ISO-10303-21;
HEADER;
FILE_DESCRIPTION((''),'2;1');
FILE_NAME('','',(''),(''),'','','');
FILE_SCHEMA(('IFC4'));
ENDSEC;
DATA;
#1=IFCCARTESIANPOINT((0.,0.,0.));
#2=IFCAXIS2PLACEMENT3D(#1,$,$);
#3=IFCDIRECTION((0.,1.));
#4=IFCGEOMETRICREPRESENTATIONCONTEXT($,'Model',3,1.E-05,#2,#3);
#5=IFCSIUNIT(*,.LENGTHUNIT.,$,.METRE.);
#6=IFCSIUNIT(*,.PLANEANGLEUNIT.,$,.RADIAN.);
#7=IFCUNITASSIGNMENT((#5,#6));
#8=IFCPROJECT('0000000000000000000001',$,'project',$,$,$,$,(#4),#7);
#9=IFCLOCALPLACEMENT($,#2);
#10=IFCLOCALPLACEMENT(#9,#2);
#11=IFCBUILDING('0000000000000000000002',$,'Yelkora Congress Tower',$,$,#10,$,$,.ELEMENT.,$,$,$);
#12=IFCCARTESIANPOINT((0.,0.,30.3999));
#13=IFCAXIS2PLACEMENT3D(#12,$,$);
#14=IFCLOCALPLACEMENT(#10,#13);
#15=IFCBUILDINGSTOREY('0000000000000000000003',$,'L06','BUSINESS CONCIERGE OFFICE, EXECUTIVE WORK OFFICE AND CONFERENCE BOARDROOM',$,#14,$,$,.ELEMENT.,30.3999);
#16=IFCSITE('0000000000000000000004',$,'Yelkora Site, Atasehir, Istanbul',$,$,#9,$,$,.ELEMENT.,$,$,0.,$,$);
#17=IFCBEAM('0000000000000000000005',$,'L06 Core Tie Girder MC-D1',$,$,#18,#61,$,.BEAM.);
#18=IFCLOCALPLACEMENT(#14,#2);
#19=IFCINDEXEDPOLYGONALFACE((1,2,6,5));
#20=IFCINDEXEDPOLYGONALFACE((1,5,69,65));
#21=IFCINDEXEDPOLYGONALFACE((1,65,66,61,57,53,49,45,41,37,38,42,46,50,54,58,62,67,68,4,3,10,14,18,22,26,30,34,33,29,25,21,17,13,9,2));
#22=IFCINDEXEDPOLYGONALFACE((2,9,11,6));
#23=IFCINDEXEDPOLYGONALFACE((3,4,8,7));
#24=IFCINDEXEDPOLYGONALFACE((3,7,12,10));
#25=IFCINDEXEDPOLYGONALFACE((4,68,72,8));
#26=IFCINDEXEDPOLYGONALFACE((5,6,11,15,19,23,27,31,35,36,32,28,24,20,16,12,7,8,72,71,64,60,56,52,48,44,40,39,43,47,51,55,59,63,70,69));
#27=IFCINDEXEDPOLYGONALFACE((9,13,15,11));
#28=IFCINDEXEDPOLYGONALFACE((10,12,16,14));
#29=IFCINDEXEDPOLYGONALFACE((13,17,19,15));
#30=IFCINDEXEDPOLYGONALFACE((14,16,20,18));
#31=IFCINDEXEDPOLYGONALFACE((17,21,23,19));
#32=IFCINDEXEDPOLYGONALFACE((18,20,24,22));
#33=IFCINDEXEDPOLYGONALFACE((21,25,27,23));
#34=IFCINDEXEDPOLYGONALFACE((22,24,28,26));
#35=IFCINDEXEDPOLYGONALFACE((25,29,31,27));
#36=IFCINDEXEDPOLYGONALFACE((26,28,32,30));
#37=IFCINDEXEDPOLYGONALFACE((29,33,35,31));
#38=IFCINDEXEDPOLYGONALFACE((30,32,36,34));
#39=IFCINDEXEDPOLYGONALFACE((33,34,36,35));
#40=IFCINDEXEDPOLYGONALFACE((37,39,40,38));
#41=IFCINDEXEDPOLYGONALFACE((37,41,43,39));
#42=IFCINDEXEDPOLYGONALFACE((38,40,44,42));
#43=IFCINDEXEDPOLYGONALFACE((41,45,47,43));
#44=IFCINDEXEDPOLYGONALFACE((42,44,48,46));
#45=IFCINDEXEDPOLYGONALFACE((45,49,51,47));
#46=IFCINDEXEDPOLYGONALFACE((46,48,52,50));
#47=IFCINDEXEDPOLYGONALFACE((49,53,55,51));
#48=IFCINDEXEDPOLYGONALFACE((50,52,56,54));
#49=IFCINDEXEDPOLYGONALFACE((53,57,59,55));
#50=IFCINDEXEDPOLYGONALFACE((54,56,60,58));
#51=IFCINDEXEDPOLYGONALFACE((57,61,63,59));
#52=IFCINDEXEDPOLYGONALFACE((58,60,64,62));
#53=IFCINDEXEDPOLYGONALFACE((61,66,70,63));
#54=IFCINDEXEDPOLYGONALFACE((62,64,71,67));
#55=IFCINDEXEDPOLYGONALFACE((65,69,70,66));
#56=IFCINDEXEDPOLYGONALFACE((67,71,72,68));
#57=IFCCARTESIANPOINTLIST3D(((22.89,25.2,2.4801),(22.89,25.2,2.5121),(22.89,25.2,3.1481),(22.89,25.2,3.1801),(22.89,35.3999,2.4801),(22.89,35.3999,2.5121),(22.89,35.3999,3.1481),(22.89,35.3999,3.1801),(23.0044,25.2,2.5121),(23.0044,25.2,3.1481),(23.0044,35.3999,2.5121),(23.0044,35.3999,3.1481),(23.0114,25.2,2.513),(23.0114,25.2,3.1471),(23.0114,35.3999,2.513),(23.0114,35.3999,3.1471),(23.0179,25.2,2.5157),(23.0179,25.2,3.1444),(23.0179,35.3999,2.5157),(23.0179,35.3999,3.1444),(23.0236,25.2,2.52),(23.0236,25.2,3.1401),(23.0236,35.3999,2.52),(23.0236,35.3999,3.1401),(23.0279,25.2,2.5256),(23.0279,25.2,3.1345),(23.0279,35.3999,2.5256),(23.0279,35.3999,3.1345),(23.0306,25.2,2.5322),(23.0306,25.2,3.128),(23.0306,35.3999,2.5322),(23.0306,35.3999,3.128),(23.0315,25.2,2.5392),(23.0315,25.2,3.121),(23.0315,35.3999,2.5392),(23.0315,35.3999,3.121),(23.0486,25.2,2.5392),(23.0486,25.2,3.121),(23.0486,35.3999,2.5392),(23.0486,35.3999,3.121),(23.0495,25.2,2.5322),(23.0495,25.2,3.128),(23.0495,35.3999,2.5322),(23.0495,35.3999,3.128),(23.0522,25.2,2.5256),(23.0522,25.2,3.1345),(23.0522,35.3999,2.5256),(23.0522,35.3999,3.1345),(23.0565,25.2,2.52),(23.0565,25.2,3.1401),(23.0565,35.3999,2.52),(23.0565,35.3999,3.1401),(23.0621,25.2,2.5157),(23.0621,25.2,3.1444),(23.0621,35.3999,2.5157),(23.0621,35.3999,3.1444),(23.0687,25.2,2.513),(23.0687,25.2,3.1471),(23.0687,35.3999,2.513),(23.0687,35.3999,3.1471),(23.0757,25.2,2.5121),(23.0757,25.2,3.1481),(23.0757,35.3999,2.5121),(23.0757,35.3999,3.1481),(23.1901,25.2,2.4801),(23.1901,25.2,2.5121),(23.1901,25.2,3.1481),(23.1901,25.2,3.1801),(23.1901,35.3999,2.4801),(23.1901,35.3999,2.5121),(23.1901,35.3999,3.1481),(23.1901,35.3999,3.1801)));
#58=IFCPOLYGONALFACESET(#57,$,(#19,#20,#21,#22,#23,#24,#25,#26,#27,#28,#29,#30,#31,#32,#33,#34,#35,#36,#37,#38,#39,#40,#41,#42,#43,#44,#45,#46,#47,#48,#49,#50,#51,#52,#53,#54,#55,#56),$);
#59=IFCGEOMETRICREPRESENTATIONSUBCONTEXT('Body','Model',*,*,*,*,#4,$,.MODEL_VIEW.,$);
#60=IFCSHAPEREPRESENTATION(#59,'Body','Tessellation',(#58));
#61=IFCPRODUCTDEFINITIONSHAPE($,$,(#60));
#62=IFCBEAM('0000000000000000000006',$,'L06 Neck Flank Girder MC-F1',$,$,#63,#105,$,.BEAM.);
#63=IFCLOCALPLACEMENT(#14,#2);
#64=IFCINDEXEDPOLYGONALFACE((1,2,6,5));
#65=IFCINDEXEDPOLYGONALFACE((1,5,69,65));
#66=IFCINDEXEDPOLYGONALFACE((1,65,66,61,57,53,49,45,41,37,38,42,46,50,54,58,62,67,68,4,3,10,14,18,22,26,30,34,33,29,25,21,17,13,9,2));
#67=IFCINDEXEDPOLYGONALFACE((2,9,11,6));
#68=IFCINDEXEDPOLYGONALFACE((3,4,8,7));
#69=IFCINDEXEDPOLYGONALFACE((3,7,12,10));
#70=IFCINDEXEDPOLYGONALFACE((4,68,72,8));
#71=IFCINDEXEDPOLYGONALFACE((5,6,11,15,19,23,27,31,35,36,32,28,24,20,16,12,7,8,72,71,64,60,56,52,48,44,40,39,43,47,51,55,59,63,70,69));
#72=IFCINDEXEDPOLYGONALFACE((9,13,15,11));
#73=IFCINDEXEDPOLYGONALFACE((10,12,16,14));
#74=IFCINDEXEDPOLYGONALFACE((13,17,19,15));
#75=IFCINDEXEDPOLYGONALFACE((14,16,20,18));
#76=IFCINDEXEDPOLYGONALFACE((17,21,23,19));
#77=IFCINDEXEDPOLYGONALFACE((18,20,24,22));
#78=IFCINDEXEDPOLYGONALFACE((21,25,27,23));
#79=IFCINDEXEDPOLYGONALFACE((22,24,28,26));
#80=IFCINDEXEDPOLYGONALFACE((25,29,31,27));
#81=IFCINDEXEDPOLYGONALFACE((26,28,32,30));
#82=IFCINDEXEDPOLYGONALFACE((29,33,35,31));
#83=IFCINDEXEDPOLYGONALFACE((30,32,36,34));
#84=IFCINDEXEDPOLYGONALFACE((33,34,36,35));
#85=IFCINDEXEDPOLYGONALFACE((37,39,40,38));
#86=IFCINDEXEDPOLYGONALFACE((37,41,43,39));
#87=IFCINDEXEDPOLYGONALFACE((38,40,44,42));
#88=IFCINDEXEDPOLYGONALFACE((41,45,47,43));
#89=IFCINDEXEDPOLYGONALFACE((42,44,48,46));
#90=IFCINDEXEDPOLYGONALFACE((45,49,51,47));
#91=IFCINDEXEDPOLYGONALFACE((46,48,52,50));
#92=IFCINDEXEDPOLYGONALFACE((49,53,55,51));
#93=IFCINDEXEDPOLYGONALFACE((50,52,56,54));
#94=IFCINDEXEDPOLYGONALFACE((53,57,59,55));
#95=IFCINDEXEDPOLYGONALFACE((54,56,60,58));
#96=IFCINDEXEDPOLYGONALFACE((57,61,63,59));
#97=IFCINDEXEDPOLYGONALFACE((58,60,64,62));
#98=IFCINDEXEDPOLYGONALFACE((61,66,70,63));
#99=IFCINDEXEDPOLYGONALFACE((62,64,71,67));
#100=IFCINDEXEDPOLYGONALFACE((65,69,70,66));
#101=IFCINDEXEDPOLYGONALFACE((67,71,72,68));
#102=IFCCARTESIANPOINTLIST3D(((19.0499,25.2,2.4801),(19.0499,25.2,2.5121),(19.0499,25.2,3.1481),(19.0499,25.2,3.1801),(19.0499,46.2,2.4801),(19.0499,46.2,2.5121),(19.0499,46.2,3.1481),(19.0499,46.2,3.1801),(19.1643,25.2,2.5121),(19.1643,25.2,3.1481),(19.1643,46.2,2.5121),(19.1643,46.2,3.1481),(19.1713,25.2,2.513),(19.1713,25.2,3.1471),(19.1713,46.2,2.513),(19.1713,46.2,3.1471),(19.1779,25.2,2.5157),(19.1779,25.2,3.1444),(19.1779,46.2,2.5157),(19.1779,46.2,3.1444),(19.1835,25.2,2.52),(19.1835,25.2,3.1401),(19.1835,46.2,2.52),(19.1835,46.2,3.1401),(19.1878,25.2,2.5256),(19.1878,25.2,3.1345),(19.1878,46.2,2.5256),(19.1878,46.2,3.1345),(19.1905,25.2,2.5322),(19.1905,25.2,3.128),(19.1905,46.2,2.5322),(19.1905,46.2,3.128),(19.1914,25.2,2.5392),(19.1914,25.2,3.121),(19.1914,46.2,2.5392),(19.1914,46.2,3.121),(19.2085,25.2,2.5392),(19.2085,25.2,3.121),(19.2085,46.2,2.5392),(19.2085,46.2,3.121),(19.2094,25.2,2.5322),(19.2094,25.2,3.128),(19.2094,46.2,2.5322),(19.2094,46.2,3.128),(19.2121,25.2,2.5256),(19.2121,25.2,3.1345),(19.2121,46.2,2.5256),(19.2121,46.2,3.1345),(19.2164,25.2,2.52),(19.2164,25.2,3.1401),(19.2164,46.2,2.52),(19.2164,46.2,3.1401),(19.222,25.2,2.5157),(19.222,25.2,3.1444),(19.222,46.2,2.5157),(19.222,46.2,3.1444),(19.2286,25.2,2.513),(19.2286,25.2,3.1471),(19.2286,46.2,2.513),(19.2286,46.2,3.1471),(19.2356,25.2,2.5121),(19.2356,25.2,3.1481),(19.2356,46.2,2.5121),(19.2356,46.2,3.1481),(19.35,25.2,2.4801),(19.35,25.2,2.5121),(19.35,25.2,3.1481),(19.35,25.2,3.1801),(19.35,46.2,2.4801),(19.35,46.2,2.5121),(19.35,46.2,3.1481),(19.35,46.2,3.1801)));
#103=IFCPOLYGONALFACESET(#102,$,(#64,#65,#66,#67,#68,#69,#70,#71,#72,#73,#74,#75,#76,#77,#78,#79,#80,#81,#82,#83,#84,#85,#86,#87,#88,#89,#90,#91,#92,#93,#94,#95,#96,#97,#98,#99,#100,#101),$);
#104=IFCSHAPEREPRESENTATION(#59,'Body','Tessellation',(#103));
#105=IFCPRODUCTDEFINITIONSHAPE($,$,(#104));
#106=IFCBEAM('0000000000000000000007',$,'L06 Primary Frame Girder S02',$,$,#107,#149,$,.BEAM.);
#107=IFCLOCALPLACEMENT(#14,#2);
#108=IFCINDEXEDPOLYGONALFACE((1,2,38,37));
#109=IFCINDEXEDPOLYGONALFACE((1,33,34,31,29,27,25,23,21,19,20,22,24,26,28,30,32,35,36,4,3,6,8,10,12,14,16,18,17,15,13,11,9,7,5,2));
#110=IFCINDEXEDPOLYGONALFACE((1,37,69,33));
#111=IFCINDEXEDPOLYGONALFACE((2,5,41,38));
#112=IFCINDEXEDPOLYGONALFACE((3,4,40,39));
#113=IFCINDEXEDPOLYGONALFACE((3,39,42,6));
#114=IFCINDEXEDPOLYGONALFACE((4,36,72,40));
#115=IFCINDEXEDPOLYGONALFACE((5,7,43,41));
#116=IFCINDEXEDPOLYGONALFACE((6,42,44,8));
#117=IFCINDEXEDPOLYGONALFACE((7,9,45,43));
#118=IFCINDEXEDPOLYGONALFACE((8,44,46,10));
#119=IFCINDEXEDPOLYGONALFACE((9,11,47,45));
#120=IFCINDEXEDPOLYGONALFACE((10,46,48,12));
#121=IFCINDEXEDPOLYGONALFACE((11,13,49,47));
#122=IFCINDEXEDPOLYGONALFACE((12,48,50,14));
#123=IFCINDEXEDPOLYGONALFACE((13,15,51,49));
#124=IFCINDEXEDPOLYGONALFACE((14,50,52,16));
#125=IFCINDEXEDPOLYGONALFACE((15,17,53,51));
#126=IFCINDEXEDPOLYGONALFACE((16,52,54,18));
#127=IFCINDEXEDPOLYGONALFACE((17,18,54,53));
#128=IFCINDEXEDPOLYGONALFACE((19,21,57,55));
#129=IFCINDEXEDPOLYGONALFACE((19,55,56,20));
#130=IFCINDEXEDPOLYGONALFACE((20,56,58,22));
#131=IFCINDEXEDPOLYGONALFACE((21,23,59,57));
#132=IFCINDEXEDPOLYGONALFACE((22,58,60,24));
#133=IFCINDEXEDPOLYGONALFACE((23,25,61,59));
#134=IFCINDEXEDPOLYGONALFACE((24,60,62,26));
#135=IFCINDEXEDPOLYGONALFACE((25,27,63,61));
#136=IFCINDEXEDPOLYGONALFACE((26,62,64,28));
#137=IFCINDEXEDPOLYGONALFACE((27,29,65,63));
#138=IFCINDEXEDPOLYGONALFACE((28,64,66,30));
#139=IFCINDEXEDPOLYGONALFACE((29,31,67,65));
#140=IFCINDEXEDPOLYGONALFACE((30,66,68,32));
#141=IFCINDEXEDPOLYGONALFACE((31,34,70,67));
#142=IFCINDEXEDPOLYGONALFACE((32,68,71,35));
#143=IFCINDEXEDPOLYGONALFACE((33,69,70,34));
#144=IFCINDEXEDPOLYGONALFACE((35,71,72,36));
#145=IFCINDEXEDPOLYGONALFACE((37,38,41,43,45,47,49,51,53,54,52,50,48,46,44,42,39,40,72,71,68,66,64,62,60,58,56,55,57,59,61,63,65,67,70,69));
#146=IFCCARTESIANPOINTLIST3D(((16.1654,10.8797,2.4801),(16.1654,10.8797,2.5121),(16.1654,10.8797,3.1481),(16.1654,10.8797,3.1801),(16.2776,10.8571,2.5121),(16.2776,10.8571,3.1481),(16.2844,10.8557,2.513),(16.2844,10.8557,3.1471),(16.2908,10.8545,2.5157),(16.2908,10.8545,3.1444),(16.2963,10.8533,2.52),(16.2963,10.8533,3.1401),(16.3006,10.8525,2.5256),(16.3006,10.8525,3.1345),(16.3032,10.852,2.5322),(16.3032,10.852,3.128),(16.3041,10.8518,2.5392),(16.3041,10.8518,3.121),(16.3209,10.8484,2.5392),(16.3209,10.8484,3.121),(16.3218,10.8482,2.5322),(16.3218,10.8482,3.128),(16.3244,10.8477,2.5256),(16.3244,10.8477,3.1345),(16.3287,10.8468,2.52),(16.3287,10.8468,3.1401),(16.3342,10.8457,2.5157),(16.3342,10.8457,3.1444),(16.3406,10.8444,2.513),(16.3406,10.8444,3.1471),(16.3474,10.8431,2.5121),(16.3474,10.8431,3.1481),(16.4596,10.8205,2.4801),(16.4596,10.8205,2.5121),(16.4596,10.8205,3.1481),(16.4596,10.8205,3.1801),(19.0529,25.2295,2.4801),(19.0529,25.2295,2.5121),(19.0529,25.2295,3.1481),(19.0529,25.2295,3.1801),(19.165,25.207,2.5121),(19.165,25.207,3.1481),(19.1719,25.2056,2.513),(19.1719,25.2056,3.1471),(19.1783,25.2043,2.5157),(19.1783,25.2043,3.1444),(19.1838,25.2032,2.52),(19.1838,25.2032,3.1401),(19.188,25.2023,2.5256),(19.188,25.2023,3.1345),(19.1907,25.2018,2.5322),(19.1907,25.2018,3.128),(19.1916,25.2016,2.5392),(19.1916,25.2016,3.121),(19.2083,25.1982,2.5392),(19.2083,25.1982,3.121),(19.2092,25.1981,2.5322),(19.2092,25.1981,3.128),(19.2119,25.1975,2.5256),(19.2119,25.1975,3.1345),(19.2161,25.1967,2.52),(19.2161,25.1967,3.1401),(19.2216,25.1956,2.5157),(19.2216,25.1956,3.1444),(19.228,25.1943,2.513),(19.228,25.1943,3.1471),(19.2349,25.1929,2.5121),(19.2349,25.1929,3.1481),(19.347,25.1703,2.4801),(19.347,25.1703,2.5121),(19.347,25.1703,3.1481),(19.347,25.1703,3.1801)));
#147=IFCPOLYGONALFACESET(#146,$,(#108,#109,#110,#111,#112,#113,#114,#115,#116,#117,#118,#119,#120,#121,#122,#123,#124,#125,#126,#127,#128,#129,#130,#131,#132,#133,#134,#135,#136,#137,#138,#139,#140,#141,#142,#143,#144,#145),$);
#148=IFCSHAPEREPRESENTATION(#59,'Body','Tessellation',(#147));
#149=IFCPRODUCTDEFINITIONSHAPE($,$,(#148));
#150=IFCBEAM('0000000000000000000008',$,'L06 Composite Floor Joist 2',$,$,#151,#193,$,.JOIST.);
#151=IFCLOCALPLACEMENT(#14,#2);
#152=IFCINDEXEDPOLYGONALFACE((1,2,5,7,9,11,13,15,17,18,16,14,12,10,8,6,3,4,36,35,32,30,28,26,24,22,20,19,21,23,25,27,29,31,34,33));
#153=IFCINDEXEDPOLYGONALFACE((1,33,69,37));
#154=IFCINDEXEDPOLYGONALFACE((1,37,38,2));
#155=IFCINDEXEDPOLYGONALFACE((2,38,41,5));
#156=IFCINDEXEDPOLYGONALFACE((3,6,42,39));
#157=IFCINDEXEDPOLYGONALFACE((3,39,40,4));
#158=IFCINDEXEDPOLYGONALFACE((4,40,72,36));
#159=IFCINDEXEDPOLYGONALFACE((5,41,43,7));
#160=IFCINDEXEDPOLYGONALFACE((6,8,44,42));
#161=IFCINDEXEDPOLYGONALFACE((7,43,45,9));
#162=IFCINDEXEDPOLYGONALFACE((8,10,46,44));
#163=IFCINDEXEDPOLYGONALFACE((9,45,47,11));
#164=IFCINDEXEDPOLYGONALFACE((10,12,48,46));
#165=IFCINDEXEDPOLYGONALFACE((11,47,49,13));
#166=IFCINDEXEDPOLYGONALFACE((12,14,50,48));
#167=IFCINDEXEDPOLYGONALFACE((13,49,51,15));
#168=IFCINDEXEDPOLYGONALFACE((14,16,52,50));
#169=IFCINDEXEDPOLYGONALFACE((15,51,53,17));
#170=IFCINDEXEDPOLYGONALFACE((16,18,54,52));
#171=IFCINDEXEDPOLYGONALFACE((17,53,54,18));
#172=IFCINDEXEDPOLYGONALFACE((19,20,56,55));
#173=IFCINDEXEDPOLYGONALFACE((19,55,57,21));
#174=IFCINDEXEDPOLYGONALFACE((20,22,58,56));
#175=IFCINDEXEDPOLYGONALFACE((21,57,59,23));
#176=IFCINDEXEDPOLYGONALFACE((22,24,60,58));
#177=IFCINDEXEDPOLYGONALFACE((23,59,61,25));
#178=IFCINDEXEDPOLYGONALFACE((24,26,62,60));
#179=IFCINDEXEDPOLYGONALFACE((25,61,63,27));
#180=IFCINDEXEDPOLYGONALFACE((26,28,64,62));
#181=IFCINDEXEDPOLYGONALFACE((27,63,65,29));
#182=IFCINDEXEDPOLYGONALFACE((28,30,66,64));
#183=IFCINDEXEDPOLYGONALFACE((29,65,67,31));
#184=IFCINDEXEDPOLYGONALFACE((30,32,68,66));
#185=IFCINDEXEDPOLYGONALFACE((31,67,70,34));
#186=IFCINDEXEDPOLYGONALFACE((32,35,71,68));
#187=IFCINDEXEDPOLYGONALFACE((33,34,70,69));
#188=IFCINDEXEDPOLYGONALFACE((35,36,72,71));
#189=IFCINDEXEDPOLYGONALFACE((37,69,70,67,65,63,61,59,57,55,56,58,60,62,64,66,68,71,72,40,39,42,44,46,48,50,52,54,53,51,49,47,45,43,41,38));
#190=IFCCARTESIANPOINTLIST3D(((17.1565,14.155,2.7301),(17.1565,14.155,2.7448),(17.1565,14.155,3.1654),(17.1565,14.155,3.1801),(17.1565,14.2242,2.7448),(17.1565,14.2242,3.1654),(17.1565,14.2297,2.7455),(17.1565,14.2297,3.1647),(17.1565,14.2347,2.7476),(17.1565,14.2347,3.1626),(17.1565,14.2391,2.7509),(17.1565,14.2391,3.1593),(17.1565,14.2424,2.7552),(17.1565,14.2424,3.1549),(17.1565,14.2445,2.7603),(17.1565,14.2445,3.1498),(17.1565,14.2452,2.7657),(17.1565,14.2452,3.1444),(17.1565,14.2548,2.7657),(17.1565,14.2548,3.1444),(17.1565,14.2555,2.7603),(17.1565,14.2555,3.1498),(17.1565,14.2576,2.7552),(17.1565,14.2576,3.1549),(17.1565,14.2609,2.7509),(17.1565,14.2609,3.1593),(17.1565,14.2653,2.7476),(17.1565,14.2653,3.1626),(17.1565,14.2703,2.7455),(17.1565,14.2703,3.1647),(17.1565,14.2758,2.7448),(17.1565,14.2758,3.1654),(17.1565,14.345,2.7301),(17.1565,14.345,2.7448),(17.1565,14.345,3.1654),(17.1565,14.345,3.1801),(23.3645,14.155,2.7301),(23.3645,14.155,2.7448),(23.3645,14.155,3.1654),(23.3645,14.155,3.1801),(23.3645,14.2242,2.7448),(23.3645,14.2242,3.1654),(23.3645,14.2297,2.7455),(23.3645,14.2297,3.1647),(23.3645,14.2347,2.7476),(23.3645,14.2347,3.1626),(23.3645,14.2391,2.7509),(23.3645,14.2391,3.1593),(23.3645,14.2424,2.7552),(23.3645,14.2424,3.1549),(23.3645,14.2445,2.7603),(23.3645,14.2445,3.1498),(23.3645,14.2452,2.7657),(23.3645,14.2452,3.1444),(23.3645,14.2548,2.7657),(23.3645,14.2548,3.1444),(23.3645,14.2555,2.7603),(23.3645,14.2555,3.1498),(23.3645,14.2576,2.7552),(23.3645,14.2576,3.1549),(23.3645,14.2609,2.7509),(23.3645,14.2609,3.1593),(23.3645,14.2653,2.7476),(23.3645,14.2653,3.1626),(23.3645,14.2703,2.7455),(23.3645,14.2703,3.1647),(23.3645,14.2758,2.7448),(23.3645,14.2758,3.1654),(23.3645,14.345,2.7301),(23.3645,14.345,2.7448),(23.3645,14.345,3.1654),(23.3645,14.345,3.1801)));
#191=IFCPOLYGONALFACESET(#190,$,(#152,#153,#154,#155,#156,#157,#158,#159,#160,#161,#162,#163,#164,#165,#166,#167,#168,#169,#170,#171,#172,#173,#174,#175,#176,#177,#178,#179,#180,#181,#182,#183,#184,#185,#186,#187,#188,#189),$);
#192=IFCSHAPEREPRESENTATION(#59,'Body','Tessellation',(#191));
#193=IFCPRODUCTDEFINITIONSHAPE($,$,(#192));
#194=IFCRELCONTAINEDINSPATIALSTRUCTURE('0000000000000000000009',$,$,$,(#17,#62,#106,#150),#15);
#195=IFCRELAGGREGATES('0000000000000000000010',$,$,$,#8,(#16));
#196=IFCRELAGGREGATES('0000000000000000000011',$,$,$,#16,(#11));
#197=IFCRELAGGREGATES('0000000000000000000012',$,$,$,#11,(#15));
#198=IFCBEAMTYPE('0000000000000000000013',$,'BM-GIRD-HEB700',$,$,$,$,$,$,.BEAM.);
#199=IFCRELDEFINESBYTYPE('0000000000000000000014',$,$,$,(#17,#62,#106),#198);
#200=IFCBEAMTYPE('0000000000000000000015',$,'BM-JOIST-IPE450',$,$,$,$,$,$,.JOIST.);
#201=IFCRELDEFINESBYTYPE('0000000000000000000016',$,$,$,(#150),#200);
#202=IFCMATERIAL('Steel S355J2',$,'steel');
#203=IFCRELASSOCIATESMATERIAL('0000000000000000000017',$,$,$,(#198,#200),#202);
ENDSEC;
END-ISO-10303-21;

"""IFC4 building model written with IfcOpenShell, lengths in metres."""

from ifc_helpers import new_model, si_unit, direction, frame, origin, origin_2d, place, context, subcontext, project, spatial, i_section, extrude, material, material_profile, profile_set, type_object, element, save


model = new_model("IFC4")

# Units and contexts
model_context = context("Model", 3, precision=1e-05, world=origin(), true_north=direction((0.0, 1.0)))
body_context = subcontext(model_context, "Body", "Model", "MODEL_VIEW")
ifc_project = project(units=[si_unit("LENGTHUNIT", "METRE"), si_unit("PLANEANGLEUNIT", "RADIAN")], contexts=[model_context])

# Site, building, storey
site_placement = place(None, origin())
site = spatial("IfcSite", under=ifc_project, at=site_placement, Name="Yelkora Site, Atasehir, Istanbul", CompositionType="ELEMENT", RefElevation=0.0)
building_placement = place(site_placement, origin())
building = spatial("IfcBuilding", under=site, at=building_placement, Name="Yelkora Congress Tower", CompositionType="ELEMENT")
storey_placement = place(building_placement, frame((0.0, 0.0, 30.3999)))
storey = spatial("IfcBuildingStorey", under=building, at=storey_placement, Name="L06", Description="BUSINESS CONCIERGE OFFICE, EXECUTIVE WORK OFFICE AND CONFERENCE BOARDROOM", CompositionType="ELEMENT", Elevation=30.3999)

# Beams
ifc_material_1 = material(Name="Steel S355J2", Category="steel")
ifc_material_profile_1 = material_profile(ifc_material_1, i_section(OverallWidth=0.3, OverallDepth=0.7, WebThickness=0.0171, FlangeThickness=0.032, FilletRadius=0.0271, at=origin_2d()), Name="HEB 700")
ifc_profile_set_1 = profile_set([ifc_material_profile_1], Name="Steel S355J2")
beam_type_1 = type_object("IfcBeamType", Name="BM-GIRD-HEB700", PredefinedType="BEAM", material=ifc_profile_set_1)
beam_1_placement = place(storey_placement, frame((23.04, 25.2, 2.8301), z_axis=(0.0, 1.0, 0.0), x_axis=(-1.0, 0.0, 0.0)))
element("IfcBeam", 1, at=beam_1_placement, inside=storey, type_object=beam_type_1, Name="L06 Core Tie Girder MC-D1", PredefinedType="BEAM", context=body_context, shape_type="SweptSolid", body=[
    extrude(i_section(OverallWidth=0.3, OverallDepth=0.7, WebThickness=0.0171, FlangeThickness=0.032, FilletRadius=0.0271, at=origin_2d()), origin(), (0.0, 0.0, 1.0), 10.2),
])
beam_2_placement = place(storey_placement, frame((19.2, 25.2, 2.8301), z_axis=(0.0, 1.0, 0.0), x_axis=(-1.0, 0.0, 0.0)))
element("IfcBeam", 2, at=beam_2_placement, inside=storey, type_object=beam_type_1, Name="L06 Neck Flank Girder MC-F1", PredefinedType="BEAM", context=body_context, shape_type="SweptSolid", body=[
    extrude(i_section(OverallWidth=0.3, OverallDepth=0.7, WebThickness=0.0171, FlangeThickness=0.032, FilletRadius=0.0271, at=origin_2d()), origin(), (0.0, 0.0, 1.0), 21.0),
])
beam_3_placement = place(storey_placement, frame((16.3125, 10.8501, 2.8301), z_axis=(0.197264, 0.98035, 0.0), x_axis=(-0.98035, 0.197264, 0.0)))
element("IfcBeam", 3, at=beam_3_placement, inside=storey, type_object=beam_type_1, Name="L06 Primary Frame Girder S02", PredefinedType="BEAM", context=body_context, shape_type="SweptSolid", body=[
    extrude(i_section(OverallWidth=0.3, OverallDepth=0.7, WebThickness=0.0171, FlangeThickness=0.032, FilletRadius=0.0271, at=origin_2d()), origin(), (0.0, 0.0, 1.0), 14.6375),
])
ifc_material_profile_2 = material_profile(ifc_material_1, i_section(OverallWidth=0.1899, OverallDepth=0.45, WebThickness=0.0095, FlangeThickness=0.0146, FilletRadius=0.021, at=origin_2d()), Name="IPE 450")
ifc_profile_set_2 = profile_set([ifc_material_profile_2], Name="Steel S355J2")
beam_type_2 = type_object("IfcBeamType", Name="BM-JOIST-IPE450", PredefinedType="JOIST", material=ifc_profile_set_2)
beam_4_placement = place(storey_placement, frame((17.1565, 14.25, 2.9551), z_axis=(1.0, 0.0, 0.0), x_axis=(0.0, 1.0, 0.0)))
element("IfcBeam", 4, at=beam_4_placement, inside=storey, type_object=beam_type_2, Name="L06 Composite Floor Joist 2", PredefinedType="JOIST", context=body_context, shape_type="SweptSolid", body=[
    extrude(i_section(OverallWidth=0.1899, OverallDepth=0.45, WebThickness=0.0095, FlangeThickness=0.0146, FilletRadius=0.021, at=origin_2d()), origin(), (0.0, 0.0, 1.0), 6.208),
])

save(model, "model.ifc")
